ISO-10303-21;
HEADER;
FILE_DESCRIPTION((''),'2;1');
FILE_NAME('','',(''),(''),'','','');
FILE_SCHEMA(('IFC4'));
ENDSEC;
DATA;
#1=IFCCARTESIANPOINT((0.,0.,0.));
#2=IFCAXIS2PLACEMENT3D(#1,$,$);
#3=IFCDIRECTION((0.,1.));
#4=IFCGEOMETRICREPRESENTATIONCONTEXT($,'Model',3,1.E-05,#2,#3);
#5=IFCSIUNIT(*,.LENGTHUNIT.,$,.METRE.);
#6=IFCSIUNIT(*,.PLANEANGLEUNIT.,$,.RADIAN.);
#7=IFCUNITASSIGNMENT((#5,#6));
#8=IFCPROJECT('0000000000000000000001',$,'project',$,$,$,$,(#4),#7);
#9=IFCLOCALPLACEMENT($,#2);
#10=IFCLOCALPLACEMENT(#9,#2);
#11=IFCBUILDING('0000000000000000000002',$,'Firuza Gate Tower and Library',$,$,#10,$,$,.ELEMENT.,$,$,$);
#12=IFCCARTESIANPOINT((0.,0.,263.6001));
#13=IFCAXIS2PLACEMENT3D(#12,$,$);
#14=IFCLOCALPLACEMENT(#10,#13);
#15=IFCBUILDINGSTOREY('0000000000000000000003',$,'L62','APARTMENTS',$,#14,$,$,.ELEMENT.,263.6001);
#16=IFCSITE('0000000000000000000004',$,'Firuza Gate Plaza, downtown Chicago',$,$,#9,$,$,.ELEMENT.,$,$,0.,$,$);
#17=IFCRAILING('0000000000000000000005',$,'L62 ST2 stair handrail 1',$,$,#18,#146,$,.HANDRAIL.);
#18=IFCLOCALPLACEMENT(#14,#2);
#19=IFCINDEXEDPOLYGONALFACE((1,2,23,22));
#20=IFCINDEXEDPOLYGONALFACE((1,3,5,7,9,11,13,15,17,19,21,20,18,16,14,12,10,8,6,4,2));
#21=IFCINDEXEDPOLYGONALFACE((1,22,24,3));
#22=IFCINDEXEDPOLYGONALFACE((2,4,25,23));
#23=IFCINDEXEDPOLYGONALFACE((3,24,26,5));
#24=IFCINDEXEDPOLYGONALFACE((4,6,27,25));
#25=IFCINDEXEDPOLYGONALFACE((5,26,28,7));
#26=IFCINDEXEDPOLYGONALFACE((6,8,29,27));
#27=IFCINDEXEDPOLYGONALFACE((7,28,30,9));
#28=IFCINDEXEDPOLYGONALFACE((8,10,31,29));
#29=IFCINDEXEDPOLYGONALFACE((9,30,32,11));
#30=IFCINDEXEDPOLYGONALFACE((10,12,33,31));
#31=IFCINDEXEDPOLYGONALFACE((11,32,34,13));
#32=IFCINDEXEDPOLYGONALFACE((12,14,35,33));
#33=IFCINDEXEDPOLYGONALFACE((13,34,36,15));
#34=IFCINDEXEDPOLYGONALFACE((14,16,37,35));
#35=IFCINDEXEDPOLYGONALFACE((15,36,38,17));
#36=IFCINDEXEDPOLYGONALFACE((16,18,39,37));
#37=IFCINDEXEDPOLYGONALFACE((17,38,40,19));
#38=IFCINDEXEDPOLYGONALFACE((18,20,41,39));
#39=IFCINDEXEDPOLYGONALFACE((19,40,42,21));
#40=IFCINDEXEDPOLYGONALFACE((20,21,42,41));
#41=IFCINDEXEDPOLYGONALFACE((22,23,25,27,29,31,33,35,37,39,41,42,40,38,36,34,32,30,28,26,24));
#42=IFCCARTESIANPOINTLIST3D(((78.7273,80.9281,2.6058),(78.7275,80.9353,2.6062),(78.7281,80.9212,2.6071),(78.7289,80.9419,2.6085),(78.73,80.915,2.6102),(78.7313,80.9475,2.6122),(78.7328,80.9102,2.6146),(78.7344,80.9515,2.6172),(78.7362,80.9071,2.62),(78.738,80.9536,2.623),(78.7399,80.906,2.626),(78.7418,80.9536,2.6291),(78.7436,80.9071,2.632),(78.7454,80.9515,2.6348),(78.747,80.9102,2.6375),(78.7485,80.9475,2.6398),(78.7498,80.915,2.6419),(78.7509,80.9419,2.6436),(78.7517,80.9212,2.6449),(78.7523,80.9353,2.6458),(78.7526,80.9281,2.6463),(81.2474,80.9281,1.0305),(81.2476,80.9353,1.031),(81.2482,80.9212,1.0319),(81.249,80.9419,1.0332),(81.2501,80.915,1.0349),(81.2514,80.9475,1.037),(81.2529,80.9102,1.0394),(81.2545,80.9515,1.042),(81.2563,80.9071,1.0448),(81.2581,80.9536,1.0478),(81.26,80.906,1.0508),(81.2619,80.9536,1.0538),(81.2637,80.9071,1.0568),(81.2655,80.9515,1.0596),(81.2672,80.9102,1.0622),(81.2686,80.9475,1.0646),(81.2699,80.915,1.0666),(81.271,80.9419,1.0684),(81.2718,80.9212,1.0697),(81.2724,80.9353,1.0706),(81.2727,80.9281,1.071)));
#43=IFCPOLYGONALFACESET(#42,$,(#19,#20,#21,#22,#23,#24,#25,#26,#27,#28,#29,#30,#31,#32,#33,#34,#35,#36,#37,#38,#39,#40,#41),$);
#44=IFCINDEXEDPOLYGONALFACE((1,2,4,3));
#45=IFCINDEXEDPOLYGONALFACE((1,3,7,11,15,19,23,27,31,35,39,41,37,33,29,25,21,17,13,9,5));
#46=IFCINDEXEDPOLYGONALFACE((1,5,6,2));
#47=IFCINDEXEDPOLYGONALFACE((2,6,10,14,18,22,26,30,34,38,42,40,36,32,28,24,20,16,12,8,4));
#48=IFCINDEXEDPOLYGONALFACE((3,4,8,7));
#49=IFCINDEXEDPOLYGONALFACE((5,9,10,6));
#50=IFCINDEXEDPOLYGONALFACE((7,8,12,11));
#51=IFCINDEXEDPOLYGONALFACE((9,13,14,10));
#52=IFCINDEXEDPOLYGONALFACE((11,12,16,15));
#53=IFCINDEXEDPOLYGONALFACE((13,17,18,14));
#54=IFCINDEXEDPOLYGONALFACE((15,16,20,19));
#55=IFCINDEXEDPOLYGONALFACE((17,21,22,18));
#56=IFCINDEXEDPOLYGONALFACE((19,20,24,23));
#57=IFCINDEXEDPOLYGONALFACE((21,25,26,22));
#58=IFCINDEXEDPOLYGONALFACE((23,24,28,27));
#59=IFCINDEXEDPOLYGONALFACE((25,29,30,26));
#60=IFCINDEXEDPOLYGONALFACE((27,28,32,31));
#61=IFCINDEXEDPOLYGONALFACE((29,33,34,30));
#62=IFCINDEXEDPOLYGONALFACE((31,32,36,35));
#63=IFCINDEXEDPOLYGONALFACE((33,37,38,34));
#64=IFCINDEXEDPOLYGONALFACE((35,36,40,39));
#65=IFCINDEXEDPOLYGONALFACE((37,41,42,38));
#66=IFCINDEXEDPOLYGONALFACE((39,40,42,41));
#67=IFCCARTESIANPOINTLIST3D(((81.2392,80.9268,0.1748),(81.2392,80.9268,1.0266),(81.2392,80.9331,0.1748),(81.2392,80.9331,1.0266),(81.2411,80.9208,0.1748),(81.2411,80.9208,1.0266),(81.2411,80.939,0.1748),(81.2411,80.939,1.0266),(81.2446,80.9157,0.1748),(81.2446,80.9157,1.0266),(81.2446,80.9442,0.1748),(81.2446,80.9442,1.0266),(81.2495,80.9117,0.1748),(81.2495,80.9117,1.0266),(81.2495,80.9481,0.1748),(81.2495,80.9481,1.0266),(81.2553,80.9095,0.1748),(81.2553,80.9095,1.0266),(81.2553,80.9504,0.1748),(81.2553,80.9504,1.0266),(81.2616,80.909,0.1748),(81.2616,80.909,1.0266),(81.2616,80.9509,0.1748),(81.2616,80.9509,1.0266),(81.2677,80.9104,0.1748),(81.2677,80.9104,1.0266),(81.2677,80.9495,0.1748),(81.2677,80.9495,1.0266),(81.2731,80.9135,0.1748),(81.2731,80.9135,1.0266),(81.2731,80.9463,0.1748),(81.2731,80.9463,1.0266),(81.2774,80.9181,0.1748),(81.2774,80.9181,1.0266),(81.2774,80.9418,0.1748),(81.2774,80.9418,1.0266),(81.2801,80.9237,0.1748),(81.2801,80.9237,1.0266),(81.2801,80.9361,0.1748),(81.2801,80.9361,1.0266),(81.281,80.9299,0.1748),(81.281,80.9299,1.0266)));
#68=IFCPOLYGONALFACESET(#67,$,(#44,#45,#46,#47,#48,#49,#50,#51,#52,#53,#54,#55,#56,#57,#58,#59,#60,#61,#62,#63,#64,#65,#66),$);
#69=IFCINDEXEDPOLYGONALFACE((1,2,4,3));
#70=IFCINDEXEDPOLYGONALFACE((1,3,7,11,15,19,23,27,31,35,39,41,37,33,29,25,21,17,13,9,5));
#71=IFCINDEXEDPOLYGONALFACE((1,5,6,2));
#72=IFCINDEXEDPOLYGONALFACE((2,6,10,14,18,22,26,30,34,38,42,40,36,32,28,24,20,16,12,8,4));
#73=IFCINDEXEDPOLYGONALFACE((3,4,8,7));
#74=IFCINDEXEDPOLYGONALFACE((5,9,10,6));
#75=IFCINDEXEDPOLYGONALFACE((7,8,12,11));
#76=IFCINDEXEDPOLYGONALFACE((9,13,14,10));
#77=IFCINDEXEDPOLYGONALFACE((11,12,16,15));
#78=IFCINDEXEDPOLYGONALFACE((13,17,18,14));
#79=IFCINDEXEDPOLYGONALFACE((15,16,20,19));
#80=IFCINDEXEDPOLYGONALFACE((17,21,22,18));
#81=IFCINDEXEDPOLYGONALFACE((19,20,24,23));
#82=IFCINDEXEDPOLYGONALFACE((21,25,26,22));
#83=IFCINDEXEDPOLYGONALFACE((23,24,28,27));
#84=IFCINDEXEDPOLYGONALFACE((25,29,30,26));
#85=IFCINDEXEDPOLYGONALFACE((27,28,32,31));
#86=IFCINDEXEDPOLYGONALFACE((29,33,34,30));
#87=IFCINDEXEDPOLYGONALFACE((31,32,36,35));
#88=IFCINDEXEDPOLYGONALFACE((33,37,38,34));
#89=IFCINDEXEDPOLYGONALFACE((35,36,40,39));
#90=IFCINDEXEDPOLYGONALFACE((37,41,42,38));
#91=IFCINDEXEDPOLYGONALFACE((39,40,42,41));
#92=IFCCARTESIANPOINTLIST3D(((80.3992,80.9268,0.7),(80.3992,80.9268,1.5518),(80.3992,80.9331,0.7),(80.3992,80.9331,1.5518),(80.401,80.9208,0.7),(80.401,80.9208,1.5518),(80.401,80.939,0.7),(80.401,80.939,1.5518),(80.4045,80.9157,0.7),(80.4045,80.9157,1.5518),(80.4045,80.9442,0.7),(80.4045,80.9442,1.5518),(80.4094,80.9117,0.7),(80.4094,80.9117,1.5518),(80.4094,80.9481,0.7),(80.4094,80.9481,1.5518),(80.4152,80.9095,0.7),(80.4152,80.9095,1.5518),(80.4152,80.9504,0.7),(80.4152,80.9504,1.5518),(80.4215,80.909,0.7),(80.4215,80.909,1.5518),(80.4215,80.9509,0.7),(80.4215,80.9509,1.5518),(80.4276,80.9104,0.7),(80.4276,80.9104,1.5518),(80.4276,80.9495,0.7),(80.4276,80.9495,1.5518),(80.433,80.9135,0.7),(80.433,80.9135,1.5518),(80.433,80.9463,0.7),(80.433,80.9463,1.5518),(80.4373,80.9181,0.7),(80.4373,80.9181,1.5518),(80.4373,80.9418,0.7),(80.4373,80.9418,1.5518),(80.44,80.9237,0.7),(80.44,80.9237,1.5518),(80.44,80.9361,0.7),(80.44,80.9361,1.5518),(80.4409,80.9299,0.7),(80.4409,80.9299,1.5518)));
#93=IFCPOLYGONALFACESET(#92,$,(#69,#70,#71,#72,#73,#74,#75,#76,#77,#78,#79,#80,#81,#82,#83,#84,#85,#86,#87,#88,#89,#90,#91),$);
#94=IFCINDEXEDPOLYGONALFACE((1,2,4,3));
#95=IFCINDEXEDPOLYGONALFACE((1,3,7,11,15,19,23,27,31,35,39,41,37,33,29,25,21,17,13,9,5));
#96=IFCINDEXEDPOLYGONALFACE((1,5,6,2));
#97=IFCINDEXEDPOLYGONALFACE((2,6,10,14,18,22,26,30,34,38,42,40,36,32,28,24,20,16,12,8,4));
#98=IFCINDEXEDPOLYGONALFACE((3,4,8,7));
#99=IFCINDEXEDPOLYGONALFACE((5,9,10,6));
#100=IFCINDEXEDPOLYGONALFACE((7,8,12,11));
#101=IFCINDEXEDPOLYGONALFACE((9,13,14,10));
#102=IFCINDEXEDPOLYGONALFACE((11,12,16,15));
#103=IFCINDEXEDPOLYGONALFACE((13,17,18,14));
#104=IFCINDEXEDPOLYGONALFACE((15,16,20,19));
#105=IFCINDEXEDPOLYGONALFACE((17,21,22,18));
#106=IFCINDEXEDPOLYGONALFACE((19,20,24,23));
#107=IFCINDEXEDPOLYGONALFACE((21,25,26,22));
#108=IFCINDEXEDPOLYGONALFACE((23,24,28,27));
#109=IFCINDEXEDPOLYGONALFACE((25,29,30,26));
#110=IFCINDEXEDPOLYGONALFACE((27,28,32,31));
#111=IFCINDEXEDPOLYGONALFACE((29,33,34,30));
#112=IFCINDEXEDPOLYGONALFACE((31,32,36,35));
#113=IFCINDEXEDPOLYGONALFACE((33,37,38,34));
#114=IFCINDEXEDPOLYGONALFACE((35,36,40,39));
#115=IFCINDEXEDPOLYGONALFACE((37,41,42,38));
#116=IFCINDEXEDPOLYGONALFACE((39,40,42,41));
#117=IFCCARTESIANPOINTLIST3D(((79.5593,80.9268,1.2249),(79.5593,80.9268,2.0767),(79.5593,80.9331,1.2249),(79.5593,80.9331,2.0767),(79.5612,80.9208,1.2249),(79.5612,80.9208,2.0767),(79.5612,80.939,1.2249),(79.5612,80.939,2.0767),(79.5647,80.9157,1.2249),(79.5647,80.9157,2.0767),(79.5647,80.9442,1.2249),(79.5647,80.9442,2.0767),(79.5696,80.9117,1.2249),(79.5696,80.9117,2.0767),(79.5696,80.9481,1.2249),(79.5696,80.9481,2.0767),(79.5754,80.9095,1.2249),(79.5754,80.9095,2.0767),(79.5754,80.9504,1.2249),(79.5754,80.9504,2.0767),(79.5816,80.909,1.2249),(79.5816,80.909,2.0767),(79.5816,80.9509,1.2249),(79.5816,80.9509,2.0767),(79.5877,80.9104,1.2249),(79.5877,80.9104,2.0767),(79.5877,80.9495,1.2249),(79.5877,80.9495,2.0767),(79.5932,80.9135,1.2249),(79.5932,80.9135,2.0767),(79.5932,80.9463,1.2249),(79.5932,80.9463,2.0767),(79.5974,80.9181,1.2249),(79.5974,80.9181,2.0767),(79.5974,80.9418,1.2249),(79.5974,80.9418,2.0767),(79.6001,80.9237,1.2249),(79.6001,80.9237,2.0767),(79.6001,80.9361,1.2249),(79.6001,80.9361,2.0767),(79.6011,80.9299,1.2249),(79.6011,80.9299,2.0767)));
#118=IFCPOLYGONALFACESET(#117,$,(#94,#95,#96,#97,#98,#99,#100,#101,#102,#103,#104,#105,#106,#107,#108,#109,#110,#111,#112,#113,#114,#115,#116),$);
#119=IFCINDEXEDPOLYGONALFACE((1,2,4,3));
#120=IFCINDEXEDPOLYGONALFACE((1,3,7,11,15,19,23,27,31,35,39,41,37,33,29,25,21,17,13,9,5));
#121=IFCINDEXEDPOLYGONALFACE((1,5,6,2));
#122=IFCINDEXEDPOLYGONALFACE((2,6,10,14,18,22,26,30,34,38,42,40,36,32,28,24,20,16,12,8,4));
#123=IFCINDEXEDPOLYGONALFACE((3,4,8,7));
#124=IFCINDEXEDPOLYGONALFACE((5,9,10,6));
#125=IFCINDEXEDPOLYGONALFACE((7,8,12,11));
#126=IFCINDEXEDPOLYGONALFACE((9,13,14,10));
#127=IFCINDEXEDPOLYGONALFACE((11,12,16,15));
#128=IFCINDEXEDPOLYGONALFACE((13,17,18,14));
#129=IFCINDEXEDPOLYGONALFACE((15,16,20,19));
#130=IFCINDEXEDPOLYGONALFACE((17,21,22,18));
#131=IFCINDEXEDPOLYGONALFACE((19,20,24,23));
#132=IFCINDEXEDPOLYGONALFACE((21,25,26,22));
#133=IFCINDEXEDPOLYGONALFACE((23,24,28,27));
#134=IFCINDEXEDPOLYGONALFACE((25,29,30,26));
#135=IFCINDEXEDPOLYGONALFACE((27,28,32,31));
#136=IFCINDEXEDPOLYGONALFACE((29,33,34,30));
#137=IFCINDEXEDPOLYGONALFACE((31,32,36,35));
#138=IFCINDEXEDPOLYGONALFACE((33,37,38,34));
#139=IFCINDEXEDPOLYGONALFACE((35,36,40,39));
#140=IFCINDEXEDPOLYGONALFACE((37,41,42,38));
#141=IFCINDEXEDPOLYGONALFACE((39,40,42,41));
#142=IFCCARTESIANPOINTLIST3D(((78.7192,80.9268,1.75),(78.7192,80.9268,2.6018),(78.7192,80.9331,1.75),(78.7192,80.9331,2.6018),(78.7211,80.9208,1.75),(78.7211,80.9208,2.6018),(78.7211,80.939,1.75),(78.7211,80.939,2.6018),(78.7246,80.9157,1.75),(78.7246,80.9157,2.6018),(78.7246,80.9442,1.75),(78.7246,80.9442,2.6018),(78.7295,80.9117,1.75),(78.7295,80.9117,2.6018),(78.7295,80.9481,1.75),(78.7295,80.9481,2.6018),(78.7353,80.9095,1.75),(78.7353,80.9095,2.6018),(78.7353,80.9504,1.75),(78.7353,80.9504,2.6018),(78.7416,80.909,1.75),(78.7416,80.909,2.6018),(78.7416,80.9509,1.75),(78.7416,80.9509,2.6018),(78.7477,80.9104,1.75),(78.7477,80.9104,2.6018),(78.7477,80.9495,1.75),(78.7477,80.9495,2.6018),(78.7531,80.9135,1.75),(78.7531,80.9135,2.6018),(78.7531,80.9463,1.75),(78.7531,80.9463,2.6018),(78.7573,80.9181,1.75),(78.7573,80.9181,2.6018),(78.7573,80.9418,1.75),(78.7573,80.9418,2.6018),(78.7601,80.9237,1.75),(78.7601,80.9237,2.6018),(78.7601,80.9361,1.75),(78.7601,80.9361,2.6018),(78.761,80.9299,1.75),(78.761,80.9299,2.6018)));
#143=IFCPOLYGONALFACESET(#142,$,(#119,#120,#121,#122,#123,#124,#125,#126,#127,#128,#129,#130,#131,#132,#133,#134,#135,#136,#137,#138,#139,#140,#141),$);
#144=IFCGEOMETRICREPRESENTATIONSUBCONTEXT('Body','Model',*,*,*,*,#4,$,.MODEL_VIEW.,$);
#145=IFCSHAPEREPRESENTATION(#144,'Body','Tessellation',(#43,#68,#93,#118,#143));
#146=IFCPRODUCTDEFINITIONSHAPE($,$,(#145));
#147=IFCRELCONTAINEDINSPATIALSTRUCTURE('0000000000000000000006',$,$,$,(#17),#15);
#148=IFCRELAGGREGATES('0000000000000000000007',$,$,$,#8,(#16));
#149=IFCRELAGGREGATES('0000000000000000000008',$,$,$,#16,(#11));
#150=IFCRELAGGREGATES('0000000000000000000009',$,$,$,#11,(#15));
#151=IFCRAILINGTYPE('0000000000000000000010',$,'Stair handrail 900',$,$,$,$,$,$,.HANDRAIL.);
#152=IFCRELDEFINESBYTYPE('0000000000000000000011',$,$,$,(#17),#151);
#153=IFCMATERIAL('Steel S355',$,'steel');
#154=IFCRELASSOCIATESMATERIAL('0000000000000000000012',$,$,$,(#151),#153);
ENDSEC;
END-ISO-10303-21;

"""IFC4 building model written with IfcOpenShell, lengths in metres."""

from ifc_helpers import new_model, si_unit, direction, frame, origin, origin_2d, place, context, subcontext, project, spatial, circle, extrude, material, type_object, element, save


model = new_model("IFC4")

# Units and contexts
model_context = context("Model", 3, precision=1e-05, world=origin(), true_north=direction((0.0, 1.0)))
body_context = subcontext(model_context, "Body", "Model", "MODEL_VIEW")
ifc_project = project(units=[si_unit("LENGTHUNIT", "METRE"), si_unit("PLANEANGLEUNIT", "RADIAN")], contexts=[model_context])

# Site, building, storey
site_placement = place(None, origin())
site = spatial("IfcSite", under=ifc_project, at=site_placement, Name="Firuza Gate Plaza, downtown Chicago", CompositionType="ELEMENT", RefElevation=0.0)
building_placement = place(site_placement, origin())
building = spatial("IfcBuilding", under=site, at=building_placement, Name="Firuza Gate Tower and Library", CompositionType="ELEMENT")
storey_placement = place(building_placement, frame((0.0, 0.0, 263.6001)))
storey = spatial("IfcBuildingStorey", under=building, at=storey_placement, Name="L62", Description="APARTMENTS", CompositionType="ELEMENT", Elevation=263.6001)

# Railing
ifc_material_1 = material(Name="Steel S355", Category="steel")
railing_type_1 = type_object("IfcRailingType", Name="Stair handrail 900", PredefinedType="HANDRAIL", material=ifc_material_1)
railing_1_placement = place(storey_placement, frame((81.26, 80.9299, 0.1748)))
element("IfcRailing", 1, at=railing_1_placement, inside=storey, type_object=railing_type_1, Name="L62 ST2 stair handrail 1", PredefinedType="HANDRAIL", context=body_context, shape_type="SweptSolid", body=[
    extrude(circle(Radius=0.0239, at=origin_2d()), frame((0.0, 0.0, 0.876), z_axis=(-0.847971, 0.0, 0.530043), x_axis=(0.0, -1.0, 0.0)), (0.0, 0.0, 1.0), 2.9719),
    extrude(circle(Radius=0.021, at=origin_2d()), origin(), (0.0, 0.0, 1.0), 0.8518),
    extrude(circle(Radius=0.021, at=origin_2d()), frame((-0.8401, 0.0, 0.5251)), (0.0, 0.0, 1.0), 0.8518),
    extrude(circle(Radius=0.021, at=origin_2d()), frame((-1.6799, 0.0, 1.05)), (0.0, 0.0, 1.0), 0.8518),
    extrude(circle(Radius=0.021, at=origin_2d()), frame((-2.52, 0.0, 1.5752)), (0.0, 0.0, 1.0), 0.8518),
])

save(model, "model.ifc")
